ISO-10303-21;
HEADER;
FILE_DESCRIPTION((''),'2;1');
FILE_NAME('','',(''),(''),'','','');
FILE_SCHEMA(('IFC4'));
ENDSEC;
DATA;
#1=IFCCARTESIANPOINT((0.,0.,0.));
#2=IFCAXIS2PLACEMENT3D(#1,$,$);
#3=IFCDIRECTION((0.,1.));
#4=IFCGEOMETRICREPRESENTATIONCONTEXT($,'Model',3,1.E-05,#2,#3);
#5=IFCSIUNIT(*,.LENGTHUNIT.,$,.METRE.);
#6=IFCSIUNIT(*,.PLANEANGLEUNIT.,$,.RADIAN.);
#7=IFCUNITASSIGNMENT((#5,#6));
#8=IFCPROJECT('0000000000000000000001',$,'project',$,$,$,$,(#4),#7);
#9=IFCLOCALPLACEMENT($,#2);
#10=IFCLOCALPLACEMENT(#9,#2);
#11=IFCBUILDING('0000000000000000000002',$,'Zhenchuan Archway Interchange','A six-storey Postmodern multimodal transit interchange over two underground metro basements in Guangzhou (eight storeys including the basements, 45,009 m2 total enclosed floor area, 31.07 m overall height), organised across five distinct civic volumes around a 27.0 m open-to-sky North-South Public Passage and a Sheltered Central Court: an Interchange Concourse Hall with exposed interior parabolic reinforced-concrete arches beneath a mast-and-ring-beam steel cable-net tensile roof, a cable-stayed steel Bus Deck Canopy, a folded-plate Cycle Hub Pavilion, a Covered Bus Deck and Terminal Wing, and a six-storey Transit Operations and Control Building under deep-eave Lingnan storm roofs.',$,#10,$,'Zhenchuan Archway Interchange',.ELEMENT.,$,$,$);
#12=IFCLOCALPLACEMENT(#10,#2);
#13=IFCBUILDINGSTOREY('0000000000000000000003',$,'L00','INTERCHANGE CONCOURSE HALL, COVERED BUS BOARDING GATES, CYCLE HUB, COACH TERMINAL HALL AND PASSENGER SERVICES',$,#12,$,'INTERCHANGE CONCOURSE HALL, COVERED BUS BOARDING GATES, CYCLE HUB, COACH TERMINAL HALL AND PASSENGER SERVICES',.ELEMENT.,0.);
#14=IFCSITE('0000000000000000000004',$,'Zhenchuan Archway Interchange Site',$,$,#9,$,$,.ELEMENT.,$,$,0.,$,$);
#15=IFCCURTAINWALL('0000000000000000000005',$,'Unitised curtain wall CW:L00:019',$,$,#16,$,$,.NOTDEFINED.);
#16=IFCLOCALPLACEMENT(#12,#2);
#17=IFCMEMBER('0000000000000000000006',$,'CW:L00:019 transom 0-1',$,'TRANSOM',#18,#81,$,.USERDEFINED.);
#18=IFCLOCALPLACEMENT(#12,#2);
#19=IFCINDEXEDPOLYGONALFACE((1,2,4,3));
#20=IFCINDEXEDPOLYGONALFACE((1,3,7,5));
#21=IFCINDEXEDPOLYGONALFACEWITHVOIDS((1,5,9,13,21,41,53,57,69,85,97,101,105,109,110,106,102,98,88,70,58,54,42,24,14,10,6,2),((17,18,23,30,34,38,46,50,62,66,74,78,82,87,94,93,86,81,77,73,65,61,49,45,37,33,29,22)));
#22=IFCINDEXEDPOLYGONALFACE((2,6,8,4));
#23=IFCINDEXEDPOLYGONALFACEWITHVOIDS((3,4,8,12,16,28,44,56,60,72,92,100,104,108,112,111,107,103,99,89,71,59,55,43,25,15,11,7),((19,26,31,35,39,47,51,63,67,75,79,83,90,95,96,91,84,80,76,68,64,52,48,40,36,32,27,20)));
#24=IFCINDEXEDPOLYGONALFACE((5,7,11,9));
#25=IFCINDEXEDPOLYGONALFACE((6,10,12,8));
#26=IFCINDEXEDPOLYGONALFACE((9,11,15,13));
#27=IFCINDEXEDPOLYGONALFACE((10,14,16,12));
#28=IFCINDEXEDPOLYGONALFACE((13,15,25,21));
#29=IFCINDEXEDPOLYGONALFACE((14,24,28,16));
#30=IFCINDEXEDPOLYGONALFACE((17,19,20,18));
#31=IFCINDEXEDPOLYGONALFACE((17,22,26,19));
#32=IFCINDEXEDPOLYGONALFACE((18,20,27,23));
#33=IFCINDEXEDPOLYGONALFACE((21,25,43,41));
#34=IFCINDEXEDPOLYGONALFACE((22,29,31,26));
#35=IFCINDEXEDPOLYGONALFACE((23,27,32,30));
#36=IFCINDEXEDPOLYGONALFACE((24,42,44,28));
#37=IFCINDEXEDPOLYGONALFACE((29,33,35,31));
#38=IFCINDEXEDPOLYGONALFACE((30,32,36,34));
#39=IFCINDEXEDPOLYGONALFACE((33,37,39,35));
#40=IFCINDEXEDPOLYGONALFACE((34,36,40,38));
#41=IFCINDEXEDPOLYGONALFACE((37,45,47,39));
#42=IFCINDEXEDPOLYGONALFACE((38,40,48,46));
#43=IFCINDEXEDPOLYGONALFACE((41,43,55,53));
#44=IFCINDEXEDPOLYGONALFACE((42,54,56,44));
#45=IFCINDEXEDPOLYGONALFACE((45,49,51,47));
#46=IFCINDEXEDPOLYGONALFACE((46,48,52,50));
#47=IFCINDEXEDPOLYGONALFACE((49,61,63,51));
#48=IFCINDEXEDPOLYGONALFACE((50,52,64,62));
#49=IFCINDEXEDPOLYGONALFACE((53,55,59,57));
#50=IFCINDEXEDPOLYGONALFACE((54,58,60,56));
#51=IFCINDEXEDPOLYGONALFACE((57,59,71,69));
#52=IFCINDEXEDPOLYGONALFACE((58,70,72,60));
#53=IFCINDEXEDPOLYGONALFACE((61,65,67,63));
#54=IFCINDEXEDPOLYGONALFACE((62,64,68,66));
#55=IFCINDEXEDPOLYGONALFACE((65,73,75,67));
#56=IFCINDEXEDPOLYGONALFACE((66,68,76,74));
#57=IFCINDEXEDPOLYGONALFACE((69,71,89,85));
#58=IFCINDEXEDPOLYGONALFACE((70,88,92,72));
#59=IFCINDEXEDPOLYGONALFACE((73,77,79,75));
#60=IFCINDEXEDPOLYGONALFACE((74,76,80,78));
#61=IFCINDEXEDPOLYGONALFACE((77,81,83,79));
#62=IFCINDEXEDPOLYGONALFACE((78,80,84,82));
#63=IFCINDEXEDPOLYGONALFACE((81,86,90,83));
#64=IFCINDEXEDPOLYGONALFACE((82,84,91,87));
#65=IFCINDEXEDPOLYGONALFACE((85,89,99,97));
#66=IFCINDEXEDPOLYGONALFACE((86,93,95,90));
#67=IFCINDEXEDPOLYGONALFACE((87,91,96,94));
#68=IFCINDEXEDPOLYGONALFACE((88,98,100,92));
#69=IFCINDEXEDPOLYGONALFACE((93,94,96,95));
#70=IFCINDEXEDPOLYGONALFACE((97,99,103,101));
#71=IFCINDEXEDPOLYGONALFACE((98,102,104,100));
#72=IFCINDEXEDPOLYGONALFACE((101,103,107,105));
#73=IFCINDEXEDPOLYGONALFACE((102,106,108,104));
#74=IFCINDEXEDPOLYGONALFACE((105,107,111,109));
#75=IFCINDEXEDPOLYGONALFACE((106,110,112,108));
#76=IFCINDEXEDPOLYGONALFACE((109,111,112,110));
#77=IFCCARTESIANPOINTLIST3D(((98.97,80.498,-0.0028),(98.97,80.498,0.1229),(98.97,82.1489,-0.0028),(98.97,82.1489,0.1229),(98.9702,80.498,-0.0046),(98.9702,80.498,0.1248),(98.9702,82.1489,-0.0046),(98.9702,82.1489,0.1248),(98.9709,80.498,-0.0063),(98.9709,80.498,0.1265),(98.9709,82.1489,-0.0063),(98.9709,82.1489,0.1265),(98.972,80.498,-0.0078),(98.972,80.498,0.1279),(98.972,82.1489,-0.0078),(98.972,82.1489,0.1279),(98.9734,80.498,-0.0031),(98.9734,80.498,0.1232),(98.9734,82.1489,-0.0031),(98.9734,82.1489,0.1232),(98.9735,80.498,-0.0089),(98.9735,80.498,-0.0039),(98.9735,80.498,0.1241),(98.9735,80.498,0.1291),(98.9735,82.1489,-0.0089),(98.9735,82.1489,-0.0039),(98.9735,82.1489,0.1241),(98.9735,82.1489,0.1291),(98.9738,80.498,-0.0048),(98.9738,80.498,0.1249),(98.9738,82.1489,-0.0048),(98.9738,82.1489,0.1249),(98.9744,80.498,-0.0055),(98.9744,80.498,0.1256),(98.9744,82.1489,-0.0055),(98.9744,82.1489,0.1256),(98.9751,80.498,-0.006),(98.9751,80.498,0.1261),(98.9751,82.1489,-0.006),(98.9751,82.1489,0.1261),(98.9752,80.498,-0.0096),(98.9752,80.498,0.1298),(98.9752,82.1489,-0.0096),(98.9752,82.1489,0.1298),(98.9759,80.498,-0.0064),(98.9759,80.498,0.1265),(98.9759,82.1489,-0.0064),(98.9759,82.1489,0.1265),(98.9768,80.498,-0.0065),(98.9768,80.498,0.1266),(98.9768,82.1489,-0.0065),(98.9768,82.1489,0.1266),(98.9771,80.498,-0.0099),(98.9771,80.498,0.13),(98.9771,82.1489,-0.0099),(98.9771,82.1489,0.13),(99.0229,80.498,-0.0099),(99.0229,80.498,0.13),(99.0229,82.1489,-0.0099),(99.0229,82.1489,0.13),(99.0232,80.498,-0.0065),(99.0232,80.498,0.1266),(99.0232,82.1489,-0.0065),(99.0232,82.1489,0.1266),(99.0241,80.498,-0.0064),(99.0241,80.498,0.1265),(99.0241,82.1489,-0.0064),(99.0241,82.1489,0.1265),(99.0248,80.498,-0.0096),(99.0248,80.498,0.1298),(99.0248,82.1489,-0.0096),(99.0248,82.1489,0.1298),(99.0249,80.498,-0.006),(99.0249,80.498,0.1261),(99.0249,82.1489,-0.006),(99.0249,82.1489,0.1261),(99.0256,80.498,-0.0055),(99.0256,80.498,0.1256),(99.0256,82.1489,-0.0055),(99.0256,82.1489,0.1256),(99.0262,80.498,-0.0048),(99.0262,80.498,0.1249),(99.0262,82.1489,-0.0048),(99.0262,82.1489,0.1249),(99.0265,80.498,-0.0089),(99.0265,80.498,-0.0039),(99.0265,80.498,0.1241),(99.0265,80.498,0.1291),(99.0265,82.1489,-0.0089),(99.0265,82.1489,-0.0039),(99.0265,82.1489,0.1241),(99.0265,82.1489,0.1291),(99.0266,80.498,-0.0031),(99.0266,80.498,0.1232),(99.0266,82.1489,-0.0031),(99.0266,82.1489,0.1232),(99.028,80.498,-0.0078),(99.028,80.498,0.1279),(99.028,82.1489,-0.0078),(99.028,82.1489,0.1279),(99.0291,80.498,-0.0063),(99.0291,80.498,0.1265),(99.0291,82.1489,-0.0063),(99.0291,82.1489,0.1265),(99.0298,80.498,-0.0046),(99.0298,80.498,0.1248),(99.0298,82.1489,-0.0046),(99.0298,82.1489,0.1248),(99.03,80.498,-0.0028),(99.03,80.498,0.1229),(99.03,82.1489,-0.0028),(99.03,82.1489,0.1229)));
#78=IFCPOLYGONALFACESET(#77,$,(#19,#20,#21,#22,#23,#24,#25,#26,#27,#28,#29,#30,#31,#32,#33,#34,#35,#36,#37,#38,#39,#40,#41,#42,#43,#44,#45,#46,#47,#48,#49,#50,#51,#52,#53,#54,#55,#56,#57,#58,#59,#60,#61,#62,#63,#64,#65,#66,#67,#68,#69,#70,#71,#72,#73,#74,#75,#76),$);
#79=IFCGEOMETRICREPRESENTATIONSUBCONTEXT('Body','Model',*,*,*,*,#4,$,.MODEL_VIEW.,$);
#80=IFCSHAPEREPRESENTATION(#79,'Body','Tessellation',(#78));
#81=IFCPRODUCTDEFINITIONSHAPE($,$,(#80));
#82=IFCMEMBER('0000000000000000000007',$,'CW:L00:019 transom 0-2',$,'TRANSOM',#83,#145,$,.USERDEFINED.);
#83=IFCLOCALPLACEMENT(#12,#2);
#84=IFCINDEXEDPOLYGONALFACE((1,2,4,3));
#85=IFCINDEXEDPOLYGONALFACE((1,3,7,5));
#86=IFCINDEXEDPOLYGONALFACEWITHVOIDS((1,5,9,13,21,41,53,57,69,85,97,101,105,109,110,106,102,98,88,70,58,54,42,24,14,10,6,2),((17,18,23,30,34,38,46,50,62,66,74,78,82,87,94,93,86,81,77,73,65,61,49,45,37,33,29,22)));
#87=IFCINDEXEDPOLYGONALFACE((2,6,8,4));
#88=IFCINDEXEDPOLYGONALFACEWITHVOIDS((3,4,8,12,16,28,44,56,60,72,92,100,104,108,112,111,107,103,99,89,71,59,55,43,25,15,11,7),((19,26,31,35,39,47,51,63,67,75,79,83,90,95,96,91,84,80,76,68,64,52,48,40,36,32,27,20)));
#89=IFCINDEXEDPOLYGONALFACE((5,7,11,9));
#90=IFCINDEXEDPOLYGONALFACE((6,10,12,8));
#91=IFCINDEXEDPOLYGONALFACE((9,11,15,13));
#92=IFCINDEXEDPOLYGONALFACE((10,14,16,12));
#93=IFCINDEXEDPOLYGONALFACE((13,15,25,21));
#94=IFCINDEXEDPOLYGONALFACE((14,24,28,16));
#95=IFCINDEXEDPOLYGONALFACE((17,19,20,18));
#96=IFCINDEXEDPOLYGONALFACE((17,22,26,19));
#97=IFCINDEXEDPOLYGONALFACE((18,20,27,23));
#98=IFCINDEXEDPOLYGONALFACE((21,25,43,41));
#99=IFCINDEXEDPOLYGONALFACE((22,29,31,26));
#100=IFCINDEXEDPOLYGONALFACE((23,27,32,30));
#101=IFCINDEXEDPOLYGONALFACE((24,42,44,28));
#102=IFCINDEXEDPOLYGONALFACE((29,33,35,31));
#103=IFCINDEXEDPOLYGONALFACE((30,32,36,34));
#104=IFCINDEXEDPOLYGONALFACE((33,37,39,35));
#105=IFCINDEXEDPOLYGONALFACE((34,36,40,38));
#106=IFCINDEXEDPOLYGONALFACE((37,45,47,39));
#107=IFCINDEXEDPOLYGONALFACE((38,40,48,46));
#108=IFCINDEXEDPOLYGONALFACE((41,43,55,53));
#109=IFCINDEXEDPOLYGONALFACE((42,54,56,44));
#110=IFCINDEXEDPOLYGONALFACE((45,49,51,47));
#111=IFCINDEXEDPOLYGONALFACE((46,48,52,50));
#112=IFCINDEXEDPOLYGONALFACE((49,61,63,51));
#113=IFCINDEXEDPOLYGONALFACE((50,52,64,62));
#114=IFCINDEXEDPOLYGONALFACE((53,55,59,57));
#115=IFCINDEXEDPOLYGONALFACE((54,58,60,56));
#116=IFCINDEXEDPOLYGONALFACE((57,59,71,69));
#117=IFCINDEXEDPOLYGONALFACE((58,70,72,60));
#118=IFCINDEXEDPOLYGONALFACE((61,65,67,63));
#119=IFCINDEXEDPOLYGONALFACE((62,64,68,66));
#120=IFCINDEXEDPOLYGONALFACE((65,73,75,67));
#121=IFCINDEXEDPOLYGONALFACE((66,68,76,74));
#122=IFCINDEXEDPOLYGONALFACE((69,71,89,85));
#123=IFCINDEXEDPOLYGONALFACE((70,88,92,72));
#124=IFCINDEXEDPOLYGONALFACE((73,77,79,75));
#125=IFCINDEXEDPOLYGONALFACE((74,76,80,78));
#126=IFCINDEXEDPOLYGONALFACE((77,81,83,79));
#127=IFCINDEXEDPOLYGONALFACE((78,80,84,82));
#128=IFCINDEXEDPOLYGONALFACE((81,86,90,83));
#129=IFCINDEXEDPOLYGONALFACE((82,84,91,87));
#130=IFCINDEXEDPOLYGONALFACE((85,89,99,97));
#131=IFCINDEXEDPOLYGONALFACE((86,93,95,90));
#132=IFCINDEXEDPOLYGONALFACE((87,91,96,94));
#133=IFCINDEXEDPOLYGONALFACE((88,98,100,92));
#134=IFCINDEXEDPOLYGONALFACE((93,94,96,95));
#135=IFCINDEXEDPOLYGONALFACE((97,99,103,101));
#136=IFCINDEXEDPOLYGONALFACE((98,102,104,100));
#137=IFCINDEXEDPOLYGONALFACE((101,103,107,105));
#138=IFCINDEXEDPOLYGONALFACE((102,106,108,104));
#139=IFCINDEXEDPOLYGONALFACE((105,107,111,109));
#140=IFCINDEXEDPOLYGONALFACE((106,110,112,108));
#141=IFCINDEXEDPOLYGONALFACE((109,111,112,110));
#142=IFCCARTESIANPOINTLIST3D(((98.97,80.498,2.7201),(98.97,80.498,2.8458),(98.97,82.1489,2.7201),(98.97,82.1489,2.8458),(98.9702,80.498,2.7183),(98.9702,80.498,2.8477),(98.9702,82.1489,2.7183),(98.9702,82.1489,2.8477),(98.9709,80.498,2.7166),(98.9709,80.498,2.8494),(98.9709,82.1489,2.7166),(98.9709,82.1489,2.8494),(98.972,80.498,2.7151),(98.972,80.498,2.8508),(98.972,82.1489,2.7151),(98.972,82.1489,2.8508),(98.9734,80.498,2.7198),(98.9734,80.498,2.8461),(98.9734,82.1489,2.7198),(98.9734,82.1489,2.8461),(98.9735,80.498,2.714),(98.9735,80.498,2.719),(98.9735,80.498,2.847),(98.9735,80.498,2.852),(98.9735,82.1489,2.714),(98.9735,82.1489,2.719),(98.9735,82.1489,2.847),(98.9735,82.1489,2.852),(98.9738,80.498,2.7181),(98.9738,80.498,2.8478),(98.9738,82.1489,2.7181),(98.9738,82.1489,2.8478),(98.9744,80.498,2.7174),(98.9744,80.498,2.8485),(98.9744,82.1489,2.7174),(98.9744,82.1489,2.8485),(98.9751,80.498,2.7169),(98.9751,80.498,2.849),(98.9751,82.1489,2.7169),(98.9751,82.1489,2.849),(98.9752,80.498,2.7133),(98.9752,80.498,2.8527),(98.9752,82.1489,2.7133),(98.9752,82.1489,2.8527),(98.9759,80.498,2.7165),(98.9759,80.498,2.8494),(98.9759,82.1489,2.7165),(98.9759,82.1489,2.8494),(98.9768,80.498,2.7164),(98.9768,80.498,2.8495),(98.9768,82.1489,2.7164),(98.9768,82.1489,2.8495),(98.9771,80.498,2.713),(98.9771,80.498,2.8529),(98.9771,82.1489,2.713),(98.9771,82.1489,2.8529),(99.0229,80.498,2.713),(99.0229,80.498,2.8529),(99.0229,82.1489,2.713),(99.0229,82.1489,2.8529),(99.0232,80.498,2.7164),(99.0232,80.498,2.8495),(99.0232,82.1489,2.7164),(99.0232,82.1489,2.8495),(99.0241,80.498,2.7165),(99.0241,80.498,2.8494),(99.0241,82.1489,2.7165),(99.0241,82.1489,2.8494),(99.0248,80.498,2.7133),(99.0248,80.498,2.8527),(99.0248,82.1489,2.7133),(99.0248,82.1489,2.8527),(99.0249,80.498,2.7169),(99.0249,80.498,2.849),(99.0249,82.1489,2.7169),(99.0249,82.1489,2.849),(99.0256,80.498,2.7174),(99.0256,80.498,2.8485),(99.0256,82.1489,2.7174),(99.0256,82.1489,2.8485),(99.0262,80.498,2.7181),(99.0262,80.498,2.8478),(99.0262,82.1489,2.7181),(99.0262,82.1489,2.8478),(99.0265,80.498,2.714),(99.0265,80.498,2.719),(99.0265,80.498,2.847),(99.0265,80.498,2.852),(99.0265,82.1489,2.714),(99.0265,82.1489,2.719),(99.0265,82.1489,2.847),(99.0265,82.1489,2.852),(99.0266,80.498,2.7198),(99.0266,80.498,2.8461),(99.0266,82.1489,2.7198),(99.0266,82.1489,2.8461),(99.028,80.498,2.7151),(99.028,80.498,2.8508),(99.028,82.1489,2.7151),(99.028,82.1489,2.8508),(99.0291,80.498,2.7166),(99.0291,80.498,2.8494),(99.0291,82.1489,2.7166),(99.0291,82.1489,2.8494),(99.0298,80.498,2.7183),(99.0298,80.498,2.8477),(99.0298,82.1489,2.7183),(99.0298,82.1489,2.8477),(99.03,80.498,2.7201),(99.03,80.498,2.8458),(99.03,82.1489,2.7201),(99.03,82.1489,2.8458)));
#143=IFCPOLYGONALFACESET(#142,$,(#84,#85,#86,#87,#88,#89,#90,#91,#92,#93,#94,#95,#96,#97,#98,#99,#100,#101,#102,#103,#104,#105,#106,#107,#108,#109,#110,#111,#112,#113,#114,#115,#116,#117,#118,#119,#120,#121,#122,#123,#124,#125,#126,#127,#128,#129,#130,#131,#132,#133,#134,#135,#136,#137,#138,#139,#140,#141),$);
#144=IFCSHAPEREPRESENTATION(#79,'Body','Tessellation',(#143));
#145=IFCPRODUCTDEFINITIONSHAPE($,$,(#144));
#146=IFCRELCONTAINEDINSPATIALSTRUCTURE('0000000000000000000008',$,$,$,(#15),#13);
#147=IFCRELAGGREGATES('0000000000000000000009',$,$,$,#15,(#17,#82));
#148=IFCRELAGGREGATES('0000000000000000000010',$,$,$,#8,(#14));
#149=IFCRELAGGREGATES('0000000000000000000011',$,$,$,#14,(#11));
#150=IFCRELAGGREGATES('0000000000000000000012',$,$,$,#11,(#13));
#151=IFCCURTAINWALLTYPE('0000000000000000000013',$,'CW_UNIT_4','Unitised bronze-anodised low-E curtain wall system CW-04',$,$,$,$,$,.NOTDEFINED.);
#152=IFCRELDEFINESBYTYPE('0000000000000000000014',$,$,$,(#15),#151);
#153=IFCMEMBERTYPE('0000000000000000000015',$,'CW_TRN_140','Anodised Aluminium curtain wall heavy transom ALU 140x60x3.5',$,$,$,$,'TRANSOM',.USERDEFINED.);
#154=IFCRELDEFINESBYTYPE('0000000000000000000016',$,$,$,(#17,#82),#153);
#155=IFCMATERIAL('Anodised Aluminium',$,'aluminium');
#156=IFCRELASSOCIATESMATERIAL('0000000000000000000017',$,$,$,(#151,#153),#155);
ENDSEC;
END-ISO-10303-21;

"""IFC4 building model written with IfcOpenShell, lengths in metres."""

from ifc_helpers import new_model, si_unit, direction, frame, origin, origin_2d, place, context, subcontext, project, spatial, hollow_rectangle, extrude, material, material_profile, profile_set, type_object, element, aggregate, save


model = new_model("IFC4")

# Units and contexts
model_context = context("Model", 3, precision=1e-05, world=origin(), true_north=direction((0.0, 1.0)))
body_context = subcontext(model_context, "Body", "Model", "MODEL_VIEW")
ifc_project = project(units=[si_unit("LENGTHUNIT", "METRE"), si_unit("PLANEANGLEUNIT", "RADIAN")], contexts=[model_context])

# Site, building, storey
site_placement = place(None, origin())
site = spatial("IfcSite", under=ifc_project, at=site_placement, Name="Zhenchuan Archway Interchange Site", CompositionType="ELEMENT", RefElevation=0.0)
building_placement = place(site_placement, origin())
building = spatial("IfcBuilding", under=site, at=building_placement, Name="Zhenchuan Archway Interchange", Description="A six-storey Postmodern multimodal transit interchange over two underground metro basements in Guangzhou (eight storeys including the basements, 45,009 m2 total enclosed floor area, 31.07 m overall height), organised across five distinct civic volumes around a 27.0 m open-to-sky North-South Public Passage and a Sheltered Central Court: an Interchange Concourse Hall with exposed interior parabolic reinforced-concrete arches beneath a mast-and-ring-beam steel cable-net tensile roof, a cable-stayed steel Bus Deck Canopy, a folded-plate Cycle Hub Pavilion, a Covered Bus Deck and Terminal Wing, and a six-storey Transit Operations and Control Building under deep-eave Lingnan storm roofs.", LongName="Zhenchuan Archway Interchange", CompositionType="ELEMENT")
storey_placement = place(building_placement, origin())
storey = spatial("IfcBuildingStorey", under=building, at=storey_placement, Name="L00", Description="INTERCHANGE CONCOURSE HALL, COVERED BUS BOARDING GATES, CYCLE HUB, COACH TERMINAL HALL AND PASSENGER SERVICES", LongName="INTERCHANGE CONCOURSE HALL, COVERED BUS BOARDING GATES, CYCLE HUB, COACH TERMINAL HALL AND PASSENGER SERVICES", CompositionType="ELEMENT", Elevation=0.0)

# Curtain wall, members
ifc_material_1 = material(Name="Anodised Aluminium", Category="aluminium")
curtain_wall_type = type_object("IfcCurtainWallType", Name="CW_UNIT_4", Description="Unitised bronze-anodised low-E curtain wall system CW-04", PredefinedType="NOTDEFINED", material=ifc_material_1)
curtain_wall_placement = place(storey_placement, origin())
curtain_wall = element("IfcCurtainWall", 1, at=curtain_wall_placement, inside=storey, type_object=curtain_wall_type, Name="Unitised curtain wall CW:L00:019", PredefinedType="NOTDEFINED")
ifc_material_profile_1 = material_profile(ifc_material_1, hollow_rectangle(XDim=0.0601, YDim=0.1399, WallThickness=0.0034, InnerFilletRadius=0.0034, OuterFilletRadius=0.0071, at=origin_2d()), Name="ALU 140x60x3.5")
ifc_profile_set_1 = profile_set([ifc_material_profile_1], Name="Anodised Aluminium")
member_type_1 = type_object("IfcMemberType", Name="CW_TRN_140", Description="Anodised Aluminium curtain wall heavy transom ALU 140x60x3.5", ElementType="TRANSOM", PredefinedType="USERDEFINED", material=ifc_profile_set_1)
member_1_placement = place(storey_placement, frame((99.0, 80.498, 0.0601), z_axis=(0.0, 1.0, 0.0), x_axis=(-1.0, 0.0, 0.0)))
member_1 = element("IfcMember", 2, at=member_1_placement, type_object=member_type_1, Name="CW:L00:019 transom 0-1", ObjectType="TRANSOM", PredefinedType="USERDEFINED", context=body_context, shape_type="SweptSolid", body=[
    extrude(hollow_rectangle(XDim=0.0601, YDim=0.1399, WallThickness=0.0034, InnerFilletRadius=0.0034, OuterFilletRadius=0.0071, at=origin_2d()), origin(), (0.0, 0.0, 1.0), 1.6509),
])
member_2_placement = place(storey_placement, frame((99.0, 80.498, 2.783), z_axis=(0.0, 1.0, 0.0), x_axis=(-1.0, 0.0, 0.0)))
member_2 = element("IfcMember", 3, at=member_2_placement, type_object=member_type_1, Name="CW:L00:019 transom 0-2", ObjectType="TRANSOM", PredefinedType="USERDEFINED", context=body_context, shape_type="SweptSolid", body=[
    extrude(hollow_rectangle(XDim=0.0601, YDim=0.1399, WallThickness=0.0034, InnerFilletRadius=0.0034, OuterFilletRadius=0.0071, at=origin_2d()), origin(), (0.0, 0.0, 1.0), 1.6509),
])

aggregate(curtain_wall, [member_1, member_2])

save(model, "model.ifc")
